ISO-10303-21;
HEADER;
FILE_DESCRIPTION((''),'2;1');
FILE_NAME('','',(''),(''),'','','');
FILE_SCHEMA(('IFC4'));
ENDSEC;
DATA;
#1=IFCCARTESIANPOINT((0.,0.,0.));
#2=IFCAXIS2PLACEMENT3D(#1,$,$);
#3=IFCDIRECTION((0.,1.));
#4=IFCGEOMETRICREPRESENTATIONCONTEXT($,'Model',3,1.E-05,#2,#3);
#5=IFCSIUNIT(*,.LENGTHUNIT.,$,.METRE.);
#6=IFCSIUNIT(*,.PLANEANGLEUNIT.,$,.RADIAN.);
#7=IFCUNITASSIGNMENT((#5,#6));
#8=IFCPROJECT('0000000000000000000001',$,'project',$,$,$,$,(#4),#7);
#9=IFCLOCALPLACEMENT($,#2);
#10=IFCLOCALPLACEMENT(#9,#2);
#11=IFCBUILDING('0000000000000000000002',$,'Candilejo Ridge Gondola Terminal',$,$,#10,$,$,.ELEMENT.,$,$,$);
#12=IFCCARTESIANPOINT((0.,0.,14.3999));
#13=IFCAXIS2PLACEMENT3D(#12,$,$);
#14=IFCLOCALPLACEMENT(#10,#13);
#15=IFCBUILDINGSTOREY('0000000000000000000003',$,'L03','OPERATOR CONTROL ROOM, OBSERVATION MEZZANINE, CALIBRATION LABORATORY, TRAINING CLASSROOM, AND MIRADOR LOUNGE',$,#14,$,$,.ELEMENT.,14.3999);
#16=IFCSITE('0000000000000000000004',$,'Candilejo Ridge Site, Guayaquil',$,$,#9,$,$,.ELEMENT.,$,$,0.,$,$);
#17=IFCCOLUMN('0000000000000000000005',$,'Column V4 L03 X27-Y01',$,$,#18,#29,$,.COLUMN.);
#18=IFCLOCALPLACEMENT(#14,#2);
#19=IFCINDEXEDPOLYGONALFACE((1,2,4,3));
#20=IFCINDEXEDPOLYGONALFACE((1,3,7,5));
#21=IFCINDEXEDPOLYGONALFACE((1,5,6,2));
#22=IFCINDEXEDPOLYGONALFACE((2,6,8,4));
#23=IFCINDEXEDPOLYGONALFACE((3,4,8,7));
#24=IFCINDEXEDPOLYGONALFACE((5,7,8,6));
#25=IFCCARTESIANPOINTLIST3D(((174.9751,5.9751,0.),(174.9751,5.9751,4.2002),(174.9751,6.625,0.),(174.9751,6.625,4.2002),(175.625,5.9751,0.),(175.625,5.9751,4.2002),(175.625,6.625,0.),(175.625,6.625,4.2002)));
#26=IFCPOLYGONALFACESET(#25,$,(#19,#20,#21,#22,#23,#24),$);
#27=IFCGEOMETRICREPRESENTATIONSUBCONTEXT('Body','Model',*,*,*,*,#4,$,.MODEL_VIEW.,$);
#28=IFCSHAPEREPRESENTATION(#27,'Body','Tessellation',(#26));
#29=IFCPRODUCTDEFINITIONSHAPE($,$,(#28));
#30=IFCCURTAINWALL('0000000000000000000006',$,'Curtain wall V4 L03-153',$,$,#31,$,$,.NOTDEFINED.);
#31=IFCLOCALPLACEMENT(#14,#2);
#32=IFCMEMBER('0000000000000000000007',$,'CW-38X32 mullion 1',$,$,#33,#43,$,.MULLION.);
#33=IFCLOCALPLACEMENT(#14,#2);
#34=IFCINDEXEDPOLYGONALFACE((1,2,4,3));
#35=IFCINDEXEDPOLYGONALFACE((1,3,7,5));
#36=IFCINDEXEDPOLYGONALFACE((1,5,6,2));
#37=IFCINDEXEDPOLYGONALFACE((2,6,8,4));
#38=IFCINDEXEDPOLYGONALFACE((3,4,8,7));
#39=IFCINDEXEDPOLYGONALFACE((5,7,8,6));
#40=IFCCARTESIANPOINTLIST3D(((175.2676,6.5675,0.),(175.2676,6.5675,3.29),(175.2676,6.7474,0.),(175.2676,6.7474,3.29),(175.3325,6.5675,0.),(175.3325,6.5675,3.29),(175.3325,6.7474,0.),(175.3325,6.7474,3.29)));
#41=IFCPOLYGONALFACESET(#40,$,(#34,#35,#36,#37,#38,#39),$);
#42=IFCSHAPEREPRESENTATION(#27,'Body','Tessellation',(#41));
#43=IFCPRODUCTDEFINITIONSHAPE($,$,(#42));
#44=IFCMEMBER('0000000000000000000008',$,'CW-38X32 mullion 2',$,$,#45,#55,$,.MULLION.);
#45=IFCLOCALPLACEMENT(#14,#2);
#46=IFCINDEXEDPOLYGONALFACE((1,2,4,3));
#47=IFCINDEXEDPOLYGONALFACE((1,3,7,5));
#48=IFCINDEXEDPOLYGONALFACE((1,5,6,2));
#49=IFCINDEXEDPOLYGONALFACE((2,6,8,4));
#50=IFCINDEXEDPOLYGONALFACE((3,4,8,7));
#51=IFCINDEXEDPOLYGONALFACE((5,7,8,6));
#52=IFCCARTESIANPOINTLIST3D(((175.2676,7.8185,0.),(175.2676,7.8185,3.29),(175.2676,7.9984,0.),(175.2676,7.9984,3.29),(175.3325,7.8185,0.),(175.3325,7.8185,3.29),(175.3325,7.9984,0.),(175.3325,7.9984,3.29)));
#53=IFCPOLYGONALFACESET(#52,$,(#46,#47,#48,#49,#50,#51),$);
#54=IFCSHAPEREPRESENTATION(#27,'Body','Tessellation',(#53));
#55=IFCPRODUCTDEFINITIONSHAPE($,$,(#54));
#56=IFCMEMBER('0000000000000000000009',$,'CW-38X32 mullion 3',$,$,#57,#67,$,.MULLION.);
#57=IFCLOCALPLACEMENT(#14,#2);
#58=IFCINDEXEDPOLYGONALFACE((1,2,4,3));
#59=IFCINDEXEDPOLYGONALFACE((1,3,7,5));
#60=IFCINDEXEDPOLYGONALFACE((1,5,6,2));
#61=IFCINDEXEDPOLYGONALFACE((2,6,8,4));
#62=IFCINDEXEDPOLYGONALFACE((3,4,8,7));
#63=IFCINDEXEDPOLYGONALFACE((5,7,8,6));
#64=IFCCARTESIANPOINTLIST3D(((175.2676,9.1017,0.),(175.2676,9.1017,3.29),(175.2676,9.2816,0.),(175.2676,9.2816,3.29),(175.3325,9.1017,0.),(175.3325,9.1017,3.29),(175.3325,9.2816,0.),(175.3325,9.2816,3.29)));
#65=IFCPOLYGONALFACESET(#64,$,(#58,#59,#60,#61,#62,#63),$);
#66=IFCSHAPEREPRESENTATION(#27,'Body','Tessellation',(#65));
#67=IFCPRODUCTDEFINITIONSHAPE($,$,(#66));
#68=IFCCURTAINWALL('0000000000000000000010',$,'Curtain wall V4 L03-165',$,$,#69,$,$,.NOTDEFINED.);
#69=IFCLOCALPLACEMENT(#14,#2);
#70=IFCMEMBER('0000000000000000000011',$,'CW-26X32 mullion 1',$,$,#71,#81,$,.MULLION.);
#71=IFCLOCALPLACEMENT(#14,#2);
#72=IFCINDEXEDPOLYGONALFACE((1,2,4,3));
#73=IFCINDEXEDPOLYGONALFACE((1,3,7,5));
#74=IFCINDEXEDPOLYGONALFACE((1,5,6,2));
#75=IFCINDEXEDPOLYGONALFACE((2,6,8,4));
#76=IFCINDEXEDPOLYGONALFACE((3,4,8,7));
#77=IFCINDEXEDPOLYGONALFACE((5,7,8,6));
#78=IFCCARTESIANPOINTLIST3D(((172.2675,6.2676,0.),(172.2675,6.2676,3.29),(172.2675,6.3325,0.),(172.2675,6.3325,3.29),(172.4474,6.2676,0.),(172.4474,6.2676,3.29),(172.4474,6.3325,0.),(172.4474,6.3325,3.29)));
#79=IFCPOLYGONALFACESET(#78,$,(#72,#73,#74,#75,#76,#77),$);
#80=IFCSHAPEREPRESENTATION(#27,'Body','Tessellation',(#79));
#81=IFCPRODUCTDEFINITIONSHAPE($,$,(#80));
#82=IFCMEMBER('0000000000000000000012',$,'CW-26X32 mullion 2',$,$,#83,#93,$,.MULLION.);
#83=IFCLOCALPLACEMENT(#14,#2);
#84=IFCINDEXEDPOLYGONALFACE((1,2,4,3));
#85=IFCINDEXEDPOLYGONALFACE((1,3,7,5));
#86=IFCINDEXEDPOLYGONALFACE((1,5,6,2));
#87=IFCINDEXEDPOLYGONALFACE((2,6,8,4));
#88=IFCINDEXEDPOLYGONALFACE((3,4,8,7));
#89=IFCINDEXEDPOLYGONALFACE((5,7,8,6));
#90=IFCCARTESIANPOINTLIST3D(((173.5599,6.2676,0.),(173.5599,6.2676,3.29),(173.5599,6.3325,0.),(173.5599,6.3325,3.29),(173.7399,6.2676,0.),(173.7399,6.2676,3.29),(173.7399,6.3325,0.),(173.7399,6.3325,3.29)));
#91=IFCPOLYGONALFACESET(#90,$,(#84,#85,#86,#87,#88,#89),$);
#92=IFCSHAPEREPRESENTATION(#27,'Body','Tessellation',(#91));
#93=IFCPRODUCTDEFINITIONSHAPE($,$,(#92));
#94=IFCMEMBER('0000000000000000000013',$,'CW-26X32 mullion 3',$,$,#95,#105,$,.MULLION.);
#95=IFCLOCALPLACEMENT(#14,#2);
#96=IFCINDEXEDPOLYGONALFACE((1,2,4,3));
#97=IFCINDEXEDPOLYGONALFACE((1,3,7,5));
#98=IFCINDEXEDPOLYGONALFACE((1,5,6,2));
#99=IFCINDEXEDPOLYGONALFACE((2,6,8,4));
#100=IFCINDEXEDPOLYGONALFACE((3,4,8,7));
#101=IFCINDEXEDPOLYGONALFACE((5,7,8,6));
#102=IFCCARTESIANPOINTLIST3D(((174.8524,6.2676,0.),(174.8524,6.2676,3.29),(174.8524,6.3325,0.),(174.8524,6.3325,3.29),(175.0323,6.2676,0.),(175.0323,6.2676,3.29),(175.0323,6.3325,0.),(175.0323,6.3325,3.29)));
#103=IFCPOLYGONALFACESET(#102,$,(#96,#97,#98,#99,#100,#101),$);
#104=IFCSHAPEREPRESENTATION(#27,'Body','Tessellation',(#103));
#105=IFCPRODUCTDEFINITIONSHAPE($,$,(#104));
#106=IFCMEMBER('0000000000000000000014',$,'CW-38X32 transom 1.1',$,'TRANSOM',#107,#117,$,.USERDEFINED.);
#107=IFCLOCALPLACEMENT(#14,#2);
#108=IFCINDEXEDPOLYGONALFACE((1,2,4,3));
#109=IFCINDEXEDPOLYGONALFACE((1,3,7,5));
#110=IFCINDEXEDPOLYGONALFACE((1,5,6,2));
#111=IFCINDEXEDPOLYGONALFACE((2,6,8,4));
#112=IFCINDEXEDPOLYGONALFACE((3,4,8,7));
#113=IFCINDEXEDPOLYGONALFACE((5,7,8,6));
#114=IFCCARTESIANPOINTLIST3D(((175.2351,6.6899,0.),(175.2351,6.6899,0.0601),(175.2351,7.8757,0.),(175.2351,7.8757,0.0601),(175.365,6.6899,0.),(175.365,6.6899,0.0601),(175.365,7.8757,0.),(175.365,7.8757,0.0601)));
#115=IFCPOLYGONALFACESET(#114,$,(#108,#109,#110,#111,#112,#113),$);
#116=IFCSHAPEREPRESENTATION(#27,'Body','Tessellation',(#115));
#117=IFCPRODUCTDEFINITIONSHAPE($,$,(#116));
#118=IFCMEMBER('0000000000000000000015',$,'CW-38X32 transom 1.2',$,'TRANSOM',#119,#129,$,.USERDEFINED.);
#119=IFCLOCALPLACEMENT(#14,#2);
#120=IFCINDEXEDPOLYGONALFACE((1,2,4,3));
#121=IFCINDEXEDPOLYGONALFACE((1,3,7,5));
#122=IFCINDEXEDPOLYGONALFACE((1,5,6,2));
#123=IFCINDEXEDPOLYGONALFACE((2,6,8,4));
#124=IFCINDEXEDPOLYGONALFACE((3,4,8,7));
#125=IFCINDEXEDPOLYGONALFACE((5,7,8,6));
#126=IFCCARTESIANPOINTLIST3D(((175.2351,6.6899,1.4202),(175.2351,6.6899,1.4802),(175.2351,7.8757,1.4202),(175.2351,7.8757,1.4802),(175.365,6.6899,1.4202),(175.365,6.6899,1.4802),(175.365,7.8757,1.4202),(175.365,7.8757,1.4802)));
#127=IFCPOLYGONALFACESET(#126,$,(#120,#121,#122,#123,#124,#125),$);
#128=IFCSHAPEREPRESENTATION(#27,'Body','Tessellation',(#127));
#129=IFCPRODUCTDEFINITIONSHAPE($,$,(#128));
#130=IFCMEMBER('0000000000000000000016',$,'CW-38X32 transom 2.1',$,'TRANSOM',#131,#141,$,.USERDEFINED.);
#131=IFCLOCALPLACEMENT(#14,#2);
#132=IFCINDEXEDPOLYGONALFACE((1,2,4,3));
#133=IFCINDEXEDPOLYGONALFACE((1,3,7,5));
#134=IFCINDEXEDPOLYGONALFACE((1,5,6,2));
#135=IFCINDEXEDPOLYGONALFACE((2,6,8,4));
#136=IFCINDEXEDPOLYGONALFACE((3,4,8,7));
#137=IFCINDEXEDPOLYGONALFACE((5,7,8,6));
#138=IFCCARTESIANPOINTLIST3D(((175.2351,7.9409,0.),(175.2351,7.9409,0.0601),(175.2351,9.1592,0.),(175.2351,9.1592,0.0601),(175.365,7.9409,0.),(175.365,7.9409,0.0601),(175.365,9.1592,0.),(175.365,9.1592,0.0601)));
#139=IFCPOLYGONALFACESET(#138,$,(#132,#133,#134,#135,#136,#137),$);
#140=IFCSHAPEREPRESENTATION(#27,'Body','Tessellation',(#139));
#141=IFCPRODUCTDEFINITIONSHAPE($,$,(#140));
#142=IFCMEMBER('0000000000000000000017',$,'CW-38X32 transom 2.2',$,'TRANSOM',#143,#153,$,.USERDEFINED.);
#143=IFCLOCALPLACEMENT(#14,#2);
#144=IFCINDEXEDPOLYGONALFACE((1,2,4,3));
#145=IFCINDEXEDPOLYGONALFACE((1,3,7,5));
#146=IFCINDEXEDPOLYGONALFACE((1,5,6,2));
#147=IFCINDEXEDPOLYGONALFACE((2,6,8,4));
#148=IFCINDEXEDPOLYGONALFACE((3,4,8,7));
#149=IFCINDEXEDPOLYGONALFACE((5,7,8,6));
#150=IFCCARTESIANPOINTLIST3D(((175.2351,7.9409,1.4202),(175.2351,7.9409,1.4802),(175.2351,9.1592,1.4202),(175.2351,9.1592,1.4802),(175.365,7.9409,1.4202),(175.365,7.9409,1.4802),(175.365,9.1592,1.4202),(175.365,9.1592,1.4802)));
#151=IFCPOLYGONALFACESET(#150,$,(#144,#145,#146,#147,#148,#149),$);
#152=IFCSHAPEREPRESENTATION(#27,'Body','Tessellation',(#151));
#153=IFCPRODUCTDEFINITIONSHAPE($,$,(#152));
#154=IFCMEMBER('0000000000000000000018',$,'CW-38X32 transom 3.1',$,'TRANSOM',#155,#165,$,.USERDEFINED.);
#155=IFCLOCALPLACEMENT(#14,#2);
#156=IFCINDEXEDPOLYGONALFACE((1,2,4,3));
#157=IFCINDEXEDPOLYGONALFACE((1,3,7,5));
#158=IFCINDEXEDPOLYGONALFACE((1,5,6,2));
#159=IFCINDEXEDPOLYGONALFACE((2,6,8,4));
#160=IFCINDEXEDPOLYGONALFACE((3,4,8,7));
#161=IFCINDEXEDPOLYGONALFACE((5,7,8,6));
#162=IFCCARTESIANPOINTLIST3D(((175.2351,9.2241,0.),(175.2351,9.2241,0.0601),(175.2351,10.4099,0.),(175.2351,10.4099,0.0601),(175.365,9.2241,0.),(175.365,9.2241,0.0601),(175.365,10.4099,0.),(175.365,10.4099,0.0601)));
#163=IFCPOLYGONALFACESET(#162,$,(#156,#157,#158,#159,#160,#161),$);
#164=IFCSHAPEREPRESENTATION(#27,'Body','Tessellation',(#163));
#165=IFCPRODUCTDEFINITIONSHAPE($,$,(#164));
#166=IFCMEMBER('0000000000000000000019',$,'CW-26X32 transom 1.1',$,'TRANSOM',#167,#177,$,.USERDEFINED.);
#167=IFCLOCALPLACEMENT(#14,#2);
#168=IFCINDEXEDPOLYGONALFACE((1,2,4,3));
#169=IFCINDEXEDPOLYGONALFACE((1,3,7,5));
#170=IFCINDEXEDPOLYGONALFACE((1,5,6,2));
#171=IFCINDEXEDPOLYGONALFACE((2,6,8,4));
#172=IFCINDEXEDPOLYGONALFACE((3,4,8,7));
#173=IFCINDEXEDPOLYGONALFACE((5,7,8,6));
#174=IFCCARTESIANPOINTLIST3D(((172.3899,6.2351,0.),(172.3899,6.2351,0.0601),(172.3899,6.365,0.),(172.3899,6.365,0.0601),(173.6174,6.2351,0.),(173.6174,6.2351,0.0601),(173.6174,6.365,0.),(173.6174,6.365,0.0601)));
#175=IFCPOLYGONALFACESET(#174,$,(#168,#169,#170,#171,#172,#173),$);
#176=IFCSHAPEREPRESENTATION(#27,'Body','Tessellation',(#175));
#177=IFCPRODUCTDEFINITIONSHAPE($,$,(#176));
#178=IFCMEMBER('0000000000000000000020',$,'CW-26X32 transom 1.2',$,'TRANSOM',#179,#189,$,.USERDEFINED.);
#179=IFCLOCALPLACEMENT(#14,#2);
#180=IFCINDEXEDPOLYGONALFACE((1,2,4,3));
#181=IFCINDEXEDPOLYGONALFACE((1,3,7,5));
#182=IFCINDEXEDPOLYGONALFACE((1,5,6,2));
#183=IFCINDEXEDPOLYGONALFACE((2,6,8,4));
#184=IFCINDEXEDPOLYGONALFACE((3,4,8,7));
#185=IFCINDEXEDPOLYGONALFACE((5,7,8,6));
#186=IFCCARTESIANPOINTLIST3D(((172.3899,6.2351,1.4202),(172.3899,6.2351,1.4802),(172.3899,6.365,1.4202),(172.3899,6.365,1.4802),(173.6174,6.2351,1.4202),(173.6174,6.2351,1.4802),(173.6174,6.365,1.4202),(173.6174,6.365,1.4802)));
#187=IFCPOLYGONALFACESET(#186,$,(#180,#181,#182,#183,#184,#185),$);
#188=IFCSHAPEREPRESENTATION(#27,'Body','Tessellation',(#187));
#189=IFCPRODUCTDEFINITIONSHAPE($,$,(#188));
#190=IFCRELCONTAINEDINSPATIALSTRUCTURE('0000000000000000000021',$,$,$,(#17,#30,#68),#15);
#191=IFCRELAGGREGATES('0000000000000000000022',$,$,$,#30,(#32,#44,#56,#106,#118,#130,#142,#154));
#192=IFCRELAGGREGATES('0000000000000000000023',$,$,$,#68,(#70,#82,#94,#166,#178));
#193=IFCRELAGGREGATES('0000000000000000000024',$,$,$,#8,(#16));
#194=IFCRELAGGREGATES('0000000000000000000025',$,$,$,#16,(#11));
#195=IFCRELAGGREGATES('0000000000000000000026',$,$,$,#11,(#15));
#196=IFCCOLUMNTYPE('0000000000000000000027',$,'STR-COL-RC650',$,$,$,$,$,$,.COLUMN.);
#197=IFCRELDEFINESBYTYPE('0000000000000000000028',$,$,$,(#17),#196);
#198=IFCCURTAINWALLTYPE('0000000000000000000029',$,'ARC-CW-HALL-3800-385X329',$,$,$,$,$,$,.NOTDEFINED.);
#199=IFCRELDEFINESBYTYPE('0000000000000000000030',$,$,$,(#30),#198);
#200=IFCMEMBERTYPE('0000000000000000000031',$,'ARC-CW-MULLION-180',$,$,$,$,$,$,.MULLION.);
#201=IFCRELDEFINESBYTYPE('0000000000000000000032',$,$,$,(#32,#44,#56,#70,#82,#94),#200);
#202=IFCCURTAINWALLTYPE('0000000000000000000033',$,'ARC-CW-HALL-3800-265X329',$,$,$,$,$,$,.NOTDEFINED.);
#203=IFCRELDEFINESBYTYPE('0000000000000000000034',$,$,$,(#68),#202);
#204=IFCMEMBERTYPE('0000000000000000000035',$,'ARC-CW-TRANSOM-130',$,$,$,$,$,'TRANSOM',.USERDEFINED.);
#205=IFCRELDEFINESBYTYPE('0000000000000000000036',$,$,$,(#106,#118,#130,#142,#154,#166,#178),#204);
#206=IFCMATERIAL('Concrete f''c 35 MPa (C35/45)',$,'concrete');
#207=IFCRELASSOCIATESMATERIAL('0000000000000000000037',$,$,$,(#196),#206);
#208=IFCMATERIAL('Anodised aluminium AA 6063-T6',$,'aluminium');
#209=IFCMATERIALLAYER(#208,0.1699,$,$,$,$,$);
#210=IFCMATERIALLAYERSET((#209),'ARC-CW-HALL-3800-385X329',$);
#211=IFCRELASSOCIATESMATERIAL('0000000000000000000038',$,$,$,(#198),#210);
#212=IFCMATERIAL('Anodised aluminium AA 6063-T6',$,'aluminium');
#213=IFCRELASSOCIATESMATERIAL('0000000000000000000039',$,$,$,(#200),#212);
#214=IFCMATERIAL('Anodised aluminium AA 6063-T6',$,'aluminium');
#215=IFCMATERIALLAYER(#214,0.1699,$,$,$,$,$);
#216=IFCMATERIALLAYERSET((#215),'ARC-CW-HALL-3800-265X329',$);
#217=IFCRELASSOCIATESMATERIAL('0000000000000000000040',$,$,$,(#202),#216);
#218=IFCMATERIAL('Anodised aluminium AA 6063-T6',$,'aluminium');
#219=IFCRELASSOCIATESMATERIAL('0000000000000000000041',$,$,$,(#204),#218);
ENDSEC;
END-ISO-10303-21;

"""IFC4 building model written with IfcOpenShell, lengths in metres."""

from ifc_helpers import new_model, si_unit, direction, frame, origin, origin_2d, place, context, subcontext, project, spatial, rectangle, extrude, material, layer, layer_set, material_profile, profile_set, type_object, element, aggregate, save


model = new_model("IFC4")

# Units and contexts
model_context = context("Model", 3, precision=1e-05, world=origin(), true_north=direction((0.0, 1.0)))
body_context = subcontext(model_context, "Body", "Model", "MODEL_VIEW")
ifc_project = project(units=[si_unit("LENGTHUNIT", "METRE"), si_unit("PLANEANGLEUNIT", "RADIAN")], contexts=[model_context])

# Site, building, storey
site_placement = place(None, origin())
site = spatial("IfcSite", under=ifc_project, at=site_placement, Name="Candilejo Ridge Site, Guayaquil", CompositionType="ELEMENT", RefElevation=0.0)
building_placement = place(site_placement, origin())
building = spatial("IfcBuilding", under=site, at=building_placement, Name="Candilejo Ridge Gondola Terminal", CompositionType="ELEMENT")
storey_placement = place(building_placement, frame((0.0, 0.0, 14.3999)))
storey = spatial("IfcBuildingStorey", under=building, at=storey_placement, Name="L03", Description="OPERATOR CONTROL ROOM, OBSERVATION MEZZANINE, CALIBRATION LABORATORY, TRAINING CLASSROOM, AND MIRADOR LOUNGE", CompositionType="ELEMENT", Elevation=14.3999)

# Column
ifc_material_1 = material(Name="Concrete f'c 35 MPa (C35/45)", Category="concrete")
ifc_material_profile_1 = material_profile(ifc_material_1, rectangle(XDim=0.6499, YDim=0.6499, at=origin_2d()))
ifc_profile_set_1 = profile_set([ifc_material_profile_1], Name="Concrete f'c 35 MPa (C35/45)")
column_type = type_object("IfcColumnType", Name="STR-COL-RC650", PredefinedType="COLUMN", material=ifc_profile_set_1)
column_placement = place(storey_placement, frame((175.3, 6.3, 0.0), z_axis=(0.0, 0.0, 1.0), x_axis=(1.0, 0.0, 0.0)))
element("IfcColumn", 1, at=column_placement, inside=storey, type_object=column_type, Name="Column V4 L03 X27-Y01", PredefinedType="COLUMN", context=body_context, shape_type="SweptSolid", body=[
    extrude(rectangle(XDim=0.6499, YDim=0.6499, at=origin_2d()), origin(), (0.0, 0.0, 1.0), 4.2002),
])

# Curtain walls, members
ifc_material_2 = material(Name="Anodised aluminium AA 6063-T6", Category="aluminium")
ifc_layer_1 = layer(ifc_material_2, 0.1699)
ifc_layer_set_1 = layer_set([ifc_layer_1], Name="ARC-CW-HALL-3800-385X329")
curtain_wall_type_1 = type_object("IfcCurtainWallType", Name="ARC-CW-HALL-3800-385X329", PredefinedType="NOTDEFINED", material=ifc_layer_set_1)
curtain_wall_1_placement = place(storey_placement, origin())
curtain_wall_1 = element("IfcCurtainWall", 2, at=curtain_wall_1_placement, inside=storey, type_object=curtain_wall_type_1, Name="Curtain wall V4 L03-153", PredefinedType="NOTDEFINED")
ifc_material_3 = material(Name="Anodised aluminium AA 6063-T6", Category="aluminium")
ifc_material_profile_2 = material_profile(ifc_material_3, rectangle(XDim=0.0649, YDim=0.1799, at=origin_2d()))
ifc_profile_set_2 = profile_set([ifc_material_profile_2], Name="Anodised aluminium AA 6063-T6")
member_type_1 = type_object("IfcMemberType", Name="ARC-CW-MULLION-180", PredefinedType="MULLION", material=ifc_profile_set_2)
member_1_placement = place(storey_placement, frame((175.3, 6.6575, 0.0), z_axis=(0.0, 0.0, 1.0), x_axis=(-1.0, 0.0, 0.0)))
member_1 = element("IfcMember", 3, at=member_1_placement, type_object=member_type_1, Name="CW-38X32 mullion 1", PredefinedType="MULLION", context=body_context, shape_type="SweptSolid", body=[
    extrude(rectangle(XDim=0.0649, YDim=0.1799, at=origin_2d()), origin(), (0.0, 0.0, 1.0), 3.29),
])
member_2_placement = place(storey_placement, frame((175.3, 7.9084, 0.0), z_axis=(0.0, 0.0, 1.0), x_axis=(-1.0, 0.0, 0.0)))
member_2 = element("IfcMember", 4, at=member_2_placement, type_object=member_type_1, Name="CW-38X32 mullion 2", PredefinedType="MULLION", context=body_context, shape_type="SweptSolid", body=[
    extrude(rectangle(XDim=0.0649, YDim=0.1799, at=origin_2d()), origin(), (0.0, 0.0, 1.0), 3.29),
])
member_3_placement = place(storey_placement, frame((175.3, 9.1917, 0.0), z_axis=(0.0, 0.0, 1.0), x_axis=(-1.0, 0.0, 0.0)))
member_3 = element("IfcMember", 5, at=member_3_placement, type_object=member_type_1, Name="CW-38X32 mullion 3", PredefinedType="MULLION", context=body_context, shape_type="SweptSolid", body=[
    extrude(rectangle(XDim=0.0649, YDim=0.1799, at=origin_2d()), origin(), (0.0, 0.0, 1.0), 3.29),
])
ifc_material_4 = material(Name="Anodised aluminium AA 6063-T6", Category="aluminium")
ifc_layer_2 = layer(ifc_material_4, 0.1699)
ifc_layer_set_2 = layer_set([ifc_layer_2], Name="ARC-CW-HALL-3800-265X329")
curtain_wall_type_2 = type_object("IfcCurtainWallType", Name="ARC-CW-HALL-3800-265X329", PredefinedType="NOTDEFINED", material=ifc_layer_set_2)
curtain_wall_2_placement = place(storey_placement, origin())
curtain_wall_2 = element("IfcCurtainWall", 6, at=curtain_wall_2_placement, inside=storey, type_object=curtain_wall_type_2, Name="Curtain wall V4 L03-165", PredefinedType="NOTDEFINED")
member_4_placement = place(storey_placement, frame((172.3574, 6.3, 0.0), z_axis=(0.0, 0.0, 1.0), x_axis=(0.0, 1.0, 0.0)))
member_4 = element("IfcMember", 7, at=member_4_placement, type_object=member_type_1, Name="CW-26X32 mullion 1", PredefinedType="MULLION", context=body_context, shape_type="SweptSolid", body=[
    extrude(rectangle(XDim=0.0649, YDim=0.1799, at=origin_2d()), origin(), (0.0, 0.0, 1.0), 3.29),
])
member_5_placement = place(storey_placement, frame((173.6499, 6.3, 0.0), z_axis=(0.0, 0.0, 1.0), x_axis=(0.0, 1.0, 0.0)))
member_5 = element("IfcMember", 8, at=member_5_placement, type_object=member_type_1, Name="CW-26X32 mullion 2", PredefinedType="MULLION", context=body_context, shape_type="SweptSolid", body=[
    extrude(rectangle(XDim=0.0649, YDim=0.1799, at=origin_2d()), origin(), (0.0, 0.0, 1.0), 3.29),
])
member_6_placement = place(storey_placement, frame((174.9424, 6.3, 0.0), z_axis=(0.0, 0.0, 1.0), x_axis=(0.0, 1.0, 0.0)))
member_6 = element("IfcMember", 9, at=member_6_placement, type_object=member_type_1, Name="CW-26X32 mullion 3", PredefinedType="MULLION", context=body_context, shape_type="SweptSolid", body=[
    extrude(rectangle(XDim=0.0649, YDim=0.1799, at=origin_2d()), origin(), (0.0, 0.0, 1.0), 3.29),
])

# Members
ifc_material_5 = material(Name="Anodised aluminium AA 6063-T6", Category="aluminium")
ifc_material_profile_3 = material_profile(ifc_material_5, rectangle(XDim=0.1299, YDim=0.0601, at=origin_2d()))
ifc_profile_set_3 = profile_set([ifc_material_profile_3], Name="Anodised aluminium AA 6063-T6")
member_type_2 = type_object("IfcMemberType", Name="ARC-CW-TRANSOM-130", ElementType="TRANSOM", PredefinedType="USERDEFINED", material=ifc_profile_set_3)
member_7_placement = place(storey_placement, frame((175.3, 6.6899, 0.03), z_axis=(0.0, 1.0, 0.0), x_axis=(-1.0, 0.0, 0.0)))
member_7 = element("IfcMember", 10, at=member_7_placement, type_object=member_type_2, Name="CW-38X32 transom 1.1", ObjectType="TRANSOM", PredefinedType="USERDEFINED", context=body_context, shape_type="SweptSolid", body=[
    extrude(rectangle(XDim=0.1299, YDim=0.0601, at=origin_2d()), origin(), (0.0, 0.0, 1.0), 1.1858),
])
member_8_placement = place(storey_placement, frame((175.3, 6.6899, 1.4502), z_axis=(0.0, 1.0, 0.0), x_axis=(-1.0, 0.0, 0.0)))
member_8 = element("IfcMember", 11, at=member_8_placement, type_object=member_type_2, Name="CW-38X32 transom 1.2", ObjectType="TRANSOM", PredefinedType="USERDEFINED", context=body_context, shape_type="SweptSolid", body=[
    extrude(rectangle(XDim=0.1299, YDim=0.0601, at=origin_2d()), origin(), (0.0, 0.0, 1.0), 1.1858),
])
member_9_placement = place(storey_placement, frame((175.3, 7.9409, 0.03), z_axis=(0.0, 1.0, 0.0), x_axis=(-1.0, 0.0, 0.0)))
member_9 = element("IfcMember", 12, at=member_9_placement, type_object=member_type_2, Name="CW-38X32 transom 2.1", ObjectType="TRANSOM", PredefinedType="USERDEFINED", context=body_context, shape_type="SweptSolid", body=[
    extrude(rectangle(XDim=0.1299, YDim=0.0601, at=origin_2d()), origin(), (0.0, 0.0, 1.0), 1.2183),
])
member_10_placement = place(storey_placement, frame((175.3, 7.9409, 1.4502), z_axis=(0.0, 1.0, 0.0), x_axis=(-1.0, 0.0, 0.0)))
member_10 = element("IfcMember", 13, at=member_10_placement, type_object=member_type_2, Name="CW-38X32 transom 2.2", ObjectType="TRANSOM", PredefinedType="USERDEFINED", context=body_context, shape_type="SweptSolid", body=[
    extrude(rectangle(XDim=0.1299, YDim=0.0601, at=origin_2d()), origin(), (0.0, 0.0, 1.0), 1.2183),
])
member_11_placement = place(storey_placement, frame((175.3, 9.2241, 0.03), z_axis=(0.0, 1.0, 0.0), x_axis=(-1.0, 0.0, 0.0)))
member_11 = element("IfcMember", 14, at=member_11_placement, type_object=member_type_2, Name="CW-38X32 transom 3.1", ObjectType="TRANSOM", PredefinedType="USERDEFINED", context=body_context, shape_type="SweptSolid", body=[
    extrude(rectangle(XDim=0.1299, YDim=0.0601, at=origin_2d()), origin(), (0.0, 0.0, 1.0), 1.1858),
])
member_12_placement = place(storey_placement, frame((172.3899, 6.3, 0.03), z_axis=(1.0, 0.0, 0.0), x_axis=(0.0, 1.0, 0.0)))
member_12 = element("IfcMember", 15, at=member_12_placement, type_object=member_type_2, Name="CW-26X32 transom 1.1", ObjectType="TRANSOM", PredefinedType="USERDEFINED", context=body_context, shape_type="SweptSolid", body=[
    extrude(rectangle(XDim=0.1299, YDim=0.0601, at=origin_2d()), origin(), (0.0, 0.0, 1.0), 1.2275),
])
member_13_placement = place(storey_placement, frame((172.3899, 6.3, 1.4502), z_axis=(1.0, 0.0, 0.0), x_axis=(0.0, 1.0, 0.0)))
member_13 = element("IfcMember", 16, at=member_13_placement, type_object=member_type_2, Name="CW-26X32 transom 1.2", ObjectType="TRANSOM", PredefinedType="USERDEFINED", context=body_context, shape_type="SweptSolid", body=[
    extrude(rectangle(XDim=0.1299, YDim=0.0601, at=origin_2d()), origin(), (0.0, 0.0, 1.0), 1.2275),
])

aggregate(curtain_wall_1, [member_1, member_2, member_3, member_7, member_8, member_9, member_10, member_11])
aggregate(curtain_wall_2, [member_4, member_5, member_6, member_12, member_13])

save(model, "model.ifc")
